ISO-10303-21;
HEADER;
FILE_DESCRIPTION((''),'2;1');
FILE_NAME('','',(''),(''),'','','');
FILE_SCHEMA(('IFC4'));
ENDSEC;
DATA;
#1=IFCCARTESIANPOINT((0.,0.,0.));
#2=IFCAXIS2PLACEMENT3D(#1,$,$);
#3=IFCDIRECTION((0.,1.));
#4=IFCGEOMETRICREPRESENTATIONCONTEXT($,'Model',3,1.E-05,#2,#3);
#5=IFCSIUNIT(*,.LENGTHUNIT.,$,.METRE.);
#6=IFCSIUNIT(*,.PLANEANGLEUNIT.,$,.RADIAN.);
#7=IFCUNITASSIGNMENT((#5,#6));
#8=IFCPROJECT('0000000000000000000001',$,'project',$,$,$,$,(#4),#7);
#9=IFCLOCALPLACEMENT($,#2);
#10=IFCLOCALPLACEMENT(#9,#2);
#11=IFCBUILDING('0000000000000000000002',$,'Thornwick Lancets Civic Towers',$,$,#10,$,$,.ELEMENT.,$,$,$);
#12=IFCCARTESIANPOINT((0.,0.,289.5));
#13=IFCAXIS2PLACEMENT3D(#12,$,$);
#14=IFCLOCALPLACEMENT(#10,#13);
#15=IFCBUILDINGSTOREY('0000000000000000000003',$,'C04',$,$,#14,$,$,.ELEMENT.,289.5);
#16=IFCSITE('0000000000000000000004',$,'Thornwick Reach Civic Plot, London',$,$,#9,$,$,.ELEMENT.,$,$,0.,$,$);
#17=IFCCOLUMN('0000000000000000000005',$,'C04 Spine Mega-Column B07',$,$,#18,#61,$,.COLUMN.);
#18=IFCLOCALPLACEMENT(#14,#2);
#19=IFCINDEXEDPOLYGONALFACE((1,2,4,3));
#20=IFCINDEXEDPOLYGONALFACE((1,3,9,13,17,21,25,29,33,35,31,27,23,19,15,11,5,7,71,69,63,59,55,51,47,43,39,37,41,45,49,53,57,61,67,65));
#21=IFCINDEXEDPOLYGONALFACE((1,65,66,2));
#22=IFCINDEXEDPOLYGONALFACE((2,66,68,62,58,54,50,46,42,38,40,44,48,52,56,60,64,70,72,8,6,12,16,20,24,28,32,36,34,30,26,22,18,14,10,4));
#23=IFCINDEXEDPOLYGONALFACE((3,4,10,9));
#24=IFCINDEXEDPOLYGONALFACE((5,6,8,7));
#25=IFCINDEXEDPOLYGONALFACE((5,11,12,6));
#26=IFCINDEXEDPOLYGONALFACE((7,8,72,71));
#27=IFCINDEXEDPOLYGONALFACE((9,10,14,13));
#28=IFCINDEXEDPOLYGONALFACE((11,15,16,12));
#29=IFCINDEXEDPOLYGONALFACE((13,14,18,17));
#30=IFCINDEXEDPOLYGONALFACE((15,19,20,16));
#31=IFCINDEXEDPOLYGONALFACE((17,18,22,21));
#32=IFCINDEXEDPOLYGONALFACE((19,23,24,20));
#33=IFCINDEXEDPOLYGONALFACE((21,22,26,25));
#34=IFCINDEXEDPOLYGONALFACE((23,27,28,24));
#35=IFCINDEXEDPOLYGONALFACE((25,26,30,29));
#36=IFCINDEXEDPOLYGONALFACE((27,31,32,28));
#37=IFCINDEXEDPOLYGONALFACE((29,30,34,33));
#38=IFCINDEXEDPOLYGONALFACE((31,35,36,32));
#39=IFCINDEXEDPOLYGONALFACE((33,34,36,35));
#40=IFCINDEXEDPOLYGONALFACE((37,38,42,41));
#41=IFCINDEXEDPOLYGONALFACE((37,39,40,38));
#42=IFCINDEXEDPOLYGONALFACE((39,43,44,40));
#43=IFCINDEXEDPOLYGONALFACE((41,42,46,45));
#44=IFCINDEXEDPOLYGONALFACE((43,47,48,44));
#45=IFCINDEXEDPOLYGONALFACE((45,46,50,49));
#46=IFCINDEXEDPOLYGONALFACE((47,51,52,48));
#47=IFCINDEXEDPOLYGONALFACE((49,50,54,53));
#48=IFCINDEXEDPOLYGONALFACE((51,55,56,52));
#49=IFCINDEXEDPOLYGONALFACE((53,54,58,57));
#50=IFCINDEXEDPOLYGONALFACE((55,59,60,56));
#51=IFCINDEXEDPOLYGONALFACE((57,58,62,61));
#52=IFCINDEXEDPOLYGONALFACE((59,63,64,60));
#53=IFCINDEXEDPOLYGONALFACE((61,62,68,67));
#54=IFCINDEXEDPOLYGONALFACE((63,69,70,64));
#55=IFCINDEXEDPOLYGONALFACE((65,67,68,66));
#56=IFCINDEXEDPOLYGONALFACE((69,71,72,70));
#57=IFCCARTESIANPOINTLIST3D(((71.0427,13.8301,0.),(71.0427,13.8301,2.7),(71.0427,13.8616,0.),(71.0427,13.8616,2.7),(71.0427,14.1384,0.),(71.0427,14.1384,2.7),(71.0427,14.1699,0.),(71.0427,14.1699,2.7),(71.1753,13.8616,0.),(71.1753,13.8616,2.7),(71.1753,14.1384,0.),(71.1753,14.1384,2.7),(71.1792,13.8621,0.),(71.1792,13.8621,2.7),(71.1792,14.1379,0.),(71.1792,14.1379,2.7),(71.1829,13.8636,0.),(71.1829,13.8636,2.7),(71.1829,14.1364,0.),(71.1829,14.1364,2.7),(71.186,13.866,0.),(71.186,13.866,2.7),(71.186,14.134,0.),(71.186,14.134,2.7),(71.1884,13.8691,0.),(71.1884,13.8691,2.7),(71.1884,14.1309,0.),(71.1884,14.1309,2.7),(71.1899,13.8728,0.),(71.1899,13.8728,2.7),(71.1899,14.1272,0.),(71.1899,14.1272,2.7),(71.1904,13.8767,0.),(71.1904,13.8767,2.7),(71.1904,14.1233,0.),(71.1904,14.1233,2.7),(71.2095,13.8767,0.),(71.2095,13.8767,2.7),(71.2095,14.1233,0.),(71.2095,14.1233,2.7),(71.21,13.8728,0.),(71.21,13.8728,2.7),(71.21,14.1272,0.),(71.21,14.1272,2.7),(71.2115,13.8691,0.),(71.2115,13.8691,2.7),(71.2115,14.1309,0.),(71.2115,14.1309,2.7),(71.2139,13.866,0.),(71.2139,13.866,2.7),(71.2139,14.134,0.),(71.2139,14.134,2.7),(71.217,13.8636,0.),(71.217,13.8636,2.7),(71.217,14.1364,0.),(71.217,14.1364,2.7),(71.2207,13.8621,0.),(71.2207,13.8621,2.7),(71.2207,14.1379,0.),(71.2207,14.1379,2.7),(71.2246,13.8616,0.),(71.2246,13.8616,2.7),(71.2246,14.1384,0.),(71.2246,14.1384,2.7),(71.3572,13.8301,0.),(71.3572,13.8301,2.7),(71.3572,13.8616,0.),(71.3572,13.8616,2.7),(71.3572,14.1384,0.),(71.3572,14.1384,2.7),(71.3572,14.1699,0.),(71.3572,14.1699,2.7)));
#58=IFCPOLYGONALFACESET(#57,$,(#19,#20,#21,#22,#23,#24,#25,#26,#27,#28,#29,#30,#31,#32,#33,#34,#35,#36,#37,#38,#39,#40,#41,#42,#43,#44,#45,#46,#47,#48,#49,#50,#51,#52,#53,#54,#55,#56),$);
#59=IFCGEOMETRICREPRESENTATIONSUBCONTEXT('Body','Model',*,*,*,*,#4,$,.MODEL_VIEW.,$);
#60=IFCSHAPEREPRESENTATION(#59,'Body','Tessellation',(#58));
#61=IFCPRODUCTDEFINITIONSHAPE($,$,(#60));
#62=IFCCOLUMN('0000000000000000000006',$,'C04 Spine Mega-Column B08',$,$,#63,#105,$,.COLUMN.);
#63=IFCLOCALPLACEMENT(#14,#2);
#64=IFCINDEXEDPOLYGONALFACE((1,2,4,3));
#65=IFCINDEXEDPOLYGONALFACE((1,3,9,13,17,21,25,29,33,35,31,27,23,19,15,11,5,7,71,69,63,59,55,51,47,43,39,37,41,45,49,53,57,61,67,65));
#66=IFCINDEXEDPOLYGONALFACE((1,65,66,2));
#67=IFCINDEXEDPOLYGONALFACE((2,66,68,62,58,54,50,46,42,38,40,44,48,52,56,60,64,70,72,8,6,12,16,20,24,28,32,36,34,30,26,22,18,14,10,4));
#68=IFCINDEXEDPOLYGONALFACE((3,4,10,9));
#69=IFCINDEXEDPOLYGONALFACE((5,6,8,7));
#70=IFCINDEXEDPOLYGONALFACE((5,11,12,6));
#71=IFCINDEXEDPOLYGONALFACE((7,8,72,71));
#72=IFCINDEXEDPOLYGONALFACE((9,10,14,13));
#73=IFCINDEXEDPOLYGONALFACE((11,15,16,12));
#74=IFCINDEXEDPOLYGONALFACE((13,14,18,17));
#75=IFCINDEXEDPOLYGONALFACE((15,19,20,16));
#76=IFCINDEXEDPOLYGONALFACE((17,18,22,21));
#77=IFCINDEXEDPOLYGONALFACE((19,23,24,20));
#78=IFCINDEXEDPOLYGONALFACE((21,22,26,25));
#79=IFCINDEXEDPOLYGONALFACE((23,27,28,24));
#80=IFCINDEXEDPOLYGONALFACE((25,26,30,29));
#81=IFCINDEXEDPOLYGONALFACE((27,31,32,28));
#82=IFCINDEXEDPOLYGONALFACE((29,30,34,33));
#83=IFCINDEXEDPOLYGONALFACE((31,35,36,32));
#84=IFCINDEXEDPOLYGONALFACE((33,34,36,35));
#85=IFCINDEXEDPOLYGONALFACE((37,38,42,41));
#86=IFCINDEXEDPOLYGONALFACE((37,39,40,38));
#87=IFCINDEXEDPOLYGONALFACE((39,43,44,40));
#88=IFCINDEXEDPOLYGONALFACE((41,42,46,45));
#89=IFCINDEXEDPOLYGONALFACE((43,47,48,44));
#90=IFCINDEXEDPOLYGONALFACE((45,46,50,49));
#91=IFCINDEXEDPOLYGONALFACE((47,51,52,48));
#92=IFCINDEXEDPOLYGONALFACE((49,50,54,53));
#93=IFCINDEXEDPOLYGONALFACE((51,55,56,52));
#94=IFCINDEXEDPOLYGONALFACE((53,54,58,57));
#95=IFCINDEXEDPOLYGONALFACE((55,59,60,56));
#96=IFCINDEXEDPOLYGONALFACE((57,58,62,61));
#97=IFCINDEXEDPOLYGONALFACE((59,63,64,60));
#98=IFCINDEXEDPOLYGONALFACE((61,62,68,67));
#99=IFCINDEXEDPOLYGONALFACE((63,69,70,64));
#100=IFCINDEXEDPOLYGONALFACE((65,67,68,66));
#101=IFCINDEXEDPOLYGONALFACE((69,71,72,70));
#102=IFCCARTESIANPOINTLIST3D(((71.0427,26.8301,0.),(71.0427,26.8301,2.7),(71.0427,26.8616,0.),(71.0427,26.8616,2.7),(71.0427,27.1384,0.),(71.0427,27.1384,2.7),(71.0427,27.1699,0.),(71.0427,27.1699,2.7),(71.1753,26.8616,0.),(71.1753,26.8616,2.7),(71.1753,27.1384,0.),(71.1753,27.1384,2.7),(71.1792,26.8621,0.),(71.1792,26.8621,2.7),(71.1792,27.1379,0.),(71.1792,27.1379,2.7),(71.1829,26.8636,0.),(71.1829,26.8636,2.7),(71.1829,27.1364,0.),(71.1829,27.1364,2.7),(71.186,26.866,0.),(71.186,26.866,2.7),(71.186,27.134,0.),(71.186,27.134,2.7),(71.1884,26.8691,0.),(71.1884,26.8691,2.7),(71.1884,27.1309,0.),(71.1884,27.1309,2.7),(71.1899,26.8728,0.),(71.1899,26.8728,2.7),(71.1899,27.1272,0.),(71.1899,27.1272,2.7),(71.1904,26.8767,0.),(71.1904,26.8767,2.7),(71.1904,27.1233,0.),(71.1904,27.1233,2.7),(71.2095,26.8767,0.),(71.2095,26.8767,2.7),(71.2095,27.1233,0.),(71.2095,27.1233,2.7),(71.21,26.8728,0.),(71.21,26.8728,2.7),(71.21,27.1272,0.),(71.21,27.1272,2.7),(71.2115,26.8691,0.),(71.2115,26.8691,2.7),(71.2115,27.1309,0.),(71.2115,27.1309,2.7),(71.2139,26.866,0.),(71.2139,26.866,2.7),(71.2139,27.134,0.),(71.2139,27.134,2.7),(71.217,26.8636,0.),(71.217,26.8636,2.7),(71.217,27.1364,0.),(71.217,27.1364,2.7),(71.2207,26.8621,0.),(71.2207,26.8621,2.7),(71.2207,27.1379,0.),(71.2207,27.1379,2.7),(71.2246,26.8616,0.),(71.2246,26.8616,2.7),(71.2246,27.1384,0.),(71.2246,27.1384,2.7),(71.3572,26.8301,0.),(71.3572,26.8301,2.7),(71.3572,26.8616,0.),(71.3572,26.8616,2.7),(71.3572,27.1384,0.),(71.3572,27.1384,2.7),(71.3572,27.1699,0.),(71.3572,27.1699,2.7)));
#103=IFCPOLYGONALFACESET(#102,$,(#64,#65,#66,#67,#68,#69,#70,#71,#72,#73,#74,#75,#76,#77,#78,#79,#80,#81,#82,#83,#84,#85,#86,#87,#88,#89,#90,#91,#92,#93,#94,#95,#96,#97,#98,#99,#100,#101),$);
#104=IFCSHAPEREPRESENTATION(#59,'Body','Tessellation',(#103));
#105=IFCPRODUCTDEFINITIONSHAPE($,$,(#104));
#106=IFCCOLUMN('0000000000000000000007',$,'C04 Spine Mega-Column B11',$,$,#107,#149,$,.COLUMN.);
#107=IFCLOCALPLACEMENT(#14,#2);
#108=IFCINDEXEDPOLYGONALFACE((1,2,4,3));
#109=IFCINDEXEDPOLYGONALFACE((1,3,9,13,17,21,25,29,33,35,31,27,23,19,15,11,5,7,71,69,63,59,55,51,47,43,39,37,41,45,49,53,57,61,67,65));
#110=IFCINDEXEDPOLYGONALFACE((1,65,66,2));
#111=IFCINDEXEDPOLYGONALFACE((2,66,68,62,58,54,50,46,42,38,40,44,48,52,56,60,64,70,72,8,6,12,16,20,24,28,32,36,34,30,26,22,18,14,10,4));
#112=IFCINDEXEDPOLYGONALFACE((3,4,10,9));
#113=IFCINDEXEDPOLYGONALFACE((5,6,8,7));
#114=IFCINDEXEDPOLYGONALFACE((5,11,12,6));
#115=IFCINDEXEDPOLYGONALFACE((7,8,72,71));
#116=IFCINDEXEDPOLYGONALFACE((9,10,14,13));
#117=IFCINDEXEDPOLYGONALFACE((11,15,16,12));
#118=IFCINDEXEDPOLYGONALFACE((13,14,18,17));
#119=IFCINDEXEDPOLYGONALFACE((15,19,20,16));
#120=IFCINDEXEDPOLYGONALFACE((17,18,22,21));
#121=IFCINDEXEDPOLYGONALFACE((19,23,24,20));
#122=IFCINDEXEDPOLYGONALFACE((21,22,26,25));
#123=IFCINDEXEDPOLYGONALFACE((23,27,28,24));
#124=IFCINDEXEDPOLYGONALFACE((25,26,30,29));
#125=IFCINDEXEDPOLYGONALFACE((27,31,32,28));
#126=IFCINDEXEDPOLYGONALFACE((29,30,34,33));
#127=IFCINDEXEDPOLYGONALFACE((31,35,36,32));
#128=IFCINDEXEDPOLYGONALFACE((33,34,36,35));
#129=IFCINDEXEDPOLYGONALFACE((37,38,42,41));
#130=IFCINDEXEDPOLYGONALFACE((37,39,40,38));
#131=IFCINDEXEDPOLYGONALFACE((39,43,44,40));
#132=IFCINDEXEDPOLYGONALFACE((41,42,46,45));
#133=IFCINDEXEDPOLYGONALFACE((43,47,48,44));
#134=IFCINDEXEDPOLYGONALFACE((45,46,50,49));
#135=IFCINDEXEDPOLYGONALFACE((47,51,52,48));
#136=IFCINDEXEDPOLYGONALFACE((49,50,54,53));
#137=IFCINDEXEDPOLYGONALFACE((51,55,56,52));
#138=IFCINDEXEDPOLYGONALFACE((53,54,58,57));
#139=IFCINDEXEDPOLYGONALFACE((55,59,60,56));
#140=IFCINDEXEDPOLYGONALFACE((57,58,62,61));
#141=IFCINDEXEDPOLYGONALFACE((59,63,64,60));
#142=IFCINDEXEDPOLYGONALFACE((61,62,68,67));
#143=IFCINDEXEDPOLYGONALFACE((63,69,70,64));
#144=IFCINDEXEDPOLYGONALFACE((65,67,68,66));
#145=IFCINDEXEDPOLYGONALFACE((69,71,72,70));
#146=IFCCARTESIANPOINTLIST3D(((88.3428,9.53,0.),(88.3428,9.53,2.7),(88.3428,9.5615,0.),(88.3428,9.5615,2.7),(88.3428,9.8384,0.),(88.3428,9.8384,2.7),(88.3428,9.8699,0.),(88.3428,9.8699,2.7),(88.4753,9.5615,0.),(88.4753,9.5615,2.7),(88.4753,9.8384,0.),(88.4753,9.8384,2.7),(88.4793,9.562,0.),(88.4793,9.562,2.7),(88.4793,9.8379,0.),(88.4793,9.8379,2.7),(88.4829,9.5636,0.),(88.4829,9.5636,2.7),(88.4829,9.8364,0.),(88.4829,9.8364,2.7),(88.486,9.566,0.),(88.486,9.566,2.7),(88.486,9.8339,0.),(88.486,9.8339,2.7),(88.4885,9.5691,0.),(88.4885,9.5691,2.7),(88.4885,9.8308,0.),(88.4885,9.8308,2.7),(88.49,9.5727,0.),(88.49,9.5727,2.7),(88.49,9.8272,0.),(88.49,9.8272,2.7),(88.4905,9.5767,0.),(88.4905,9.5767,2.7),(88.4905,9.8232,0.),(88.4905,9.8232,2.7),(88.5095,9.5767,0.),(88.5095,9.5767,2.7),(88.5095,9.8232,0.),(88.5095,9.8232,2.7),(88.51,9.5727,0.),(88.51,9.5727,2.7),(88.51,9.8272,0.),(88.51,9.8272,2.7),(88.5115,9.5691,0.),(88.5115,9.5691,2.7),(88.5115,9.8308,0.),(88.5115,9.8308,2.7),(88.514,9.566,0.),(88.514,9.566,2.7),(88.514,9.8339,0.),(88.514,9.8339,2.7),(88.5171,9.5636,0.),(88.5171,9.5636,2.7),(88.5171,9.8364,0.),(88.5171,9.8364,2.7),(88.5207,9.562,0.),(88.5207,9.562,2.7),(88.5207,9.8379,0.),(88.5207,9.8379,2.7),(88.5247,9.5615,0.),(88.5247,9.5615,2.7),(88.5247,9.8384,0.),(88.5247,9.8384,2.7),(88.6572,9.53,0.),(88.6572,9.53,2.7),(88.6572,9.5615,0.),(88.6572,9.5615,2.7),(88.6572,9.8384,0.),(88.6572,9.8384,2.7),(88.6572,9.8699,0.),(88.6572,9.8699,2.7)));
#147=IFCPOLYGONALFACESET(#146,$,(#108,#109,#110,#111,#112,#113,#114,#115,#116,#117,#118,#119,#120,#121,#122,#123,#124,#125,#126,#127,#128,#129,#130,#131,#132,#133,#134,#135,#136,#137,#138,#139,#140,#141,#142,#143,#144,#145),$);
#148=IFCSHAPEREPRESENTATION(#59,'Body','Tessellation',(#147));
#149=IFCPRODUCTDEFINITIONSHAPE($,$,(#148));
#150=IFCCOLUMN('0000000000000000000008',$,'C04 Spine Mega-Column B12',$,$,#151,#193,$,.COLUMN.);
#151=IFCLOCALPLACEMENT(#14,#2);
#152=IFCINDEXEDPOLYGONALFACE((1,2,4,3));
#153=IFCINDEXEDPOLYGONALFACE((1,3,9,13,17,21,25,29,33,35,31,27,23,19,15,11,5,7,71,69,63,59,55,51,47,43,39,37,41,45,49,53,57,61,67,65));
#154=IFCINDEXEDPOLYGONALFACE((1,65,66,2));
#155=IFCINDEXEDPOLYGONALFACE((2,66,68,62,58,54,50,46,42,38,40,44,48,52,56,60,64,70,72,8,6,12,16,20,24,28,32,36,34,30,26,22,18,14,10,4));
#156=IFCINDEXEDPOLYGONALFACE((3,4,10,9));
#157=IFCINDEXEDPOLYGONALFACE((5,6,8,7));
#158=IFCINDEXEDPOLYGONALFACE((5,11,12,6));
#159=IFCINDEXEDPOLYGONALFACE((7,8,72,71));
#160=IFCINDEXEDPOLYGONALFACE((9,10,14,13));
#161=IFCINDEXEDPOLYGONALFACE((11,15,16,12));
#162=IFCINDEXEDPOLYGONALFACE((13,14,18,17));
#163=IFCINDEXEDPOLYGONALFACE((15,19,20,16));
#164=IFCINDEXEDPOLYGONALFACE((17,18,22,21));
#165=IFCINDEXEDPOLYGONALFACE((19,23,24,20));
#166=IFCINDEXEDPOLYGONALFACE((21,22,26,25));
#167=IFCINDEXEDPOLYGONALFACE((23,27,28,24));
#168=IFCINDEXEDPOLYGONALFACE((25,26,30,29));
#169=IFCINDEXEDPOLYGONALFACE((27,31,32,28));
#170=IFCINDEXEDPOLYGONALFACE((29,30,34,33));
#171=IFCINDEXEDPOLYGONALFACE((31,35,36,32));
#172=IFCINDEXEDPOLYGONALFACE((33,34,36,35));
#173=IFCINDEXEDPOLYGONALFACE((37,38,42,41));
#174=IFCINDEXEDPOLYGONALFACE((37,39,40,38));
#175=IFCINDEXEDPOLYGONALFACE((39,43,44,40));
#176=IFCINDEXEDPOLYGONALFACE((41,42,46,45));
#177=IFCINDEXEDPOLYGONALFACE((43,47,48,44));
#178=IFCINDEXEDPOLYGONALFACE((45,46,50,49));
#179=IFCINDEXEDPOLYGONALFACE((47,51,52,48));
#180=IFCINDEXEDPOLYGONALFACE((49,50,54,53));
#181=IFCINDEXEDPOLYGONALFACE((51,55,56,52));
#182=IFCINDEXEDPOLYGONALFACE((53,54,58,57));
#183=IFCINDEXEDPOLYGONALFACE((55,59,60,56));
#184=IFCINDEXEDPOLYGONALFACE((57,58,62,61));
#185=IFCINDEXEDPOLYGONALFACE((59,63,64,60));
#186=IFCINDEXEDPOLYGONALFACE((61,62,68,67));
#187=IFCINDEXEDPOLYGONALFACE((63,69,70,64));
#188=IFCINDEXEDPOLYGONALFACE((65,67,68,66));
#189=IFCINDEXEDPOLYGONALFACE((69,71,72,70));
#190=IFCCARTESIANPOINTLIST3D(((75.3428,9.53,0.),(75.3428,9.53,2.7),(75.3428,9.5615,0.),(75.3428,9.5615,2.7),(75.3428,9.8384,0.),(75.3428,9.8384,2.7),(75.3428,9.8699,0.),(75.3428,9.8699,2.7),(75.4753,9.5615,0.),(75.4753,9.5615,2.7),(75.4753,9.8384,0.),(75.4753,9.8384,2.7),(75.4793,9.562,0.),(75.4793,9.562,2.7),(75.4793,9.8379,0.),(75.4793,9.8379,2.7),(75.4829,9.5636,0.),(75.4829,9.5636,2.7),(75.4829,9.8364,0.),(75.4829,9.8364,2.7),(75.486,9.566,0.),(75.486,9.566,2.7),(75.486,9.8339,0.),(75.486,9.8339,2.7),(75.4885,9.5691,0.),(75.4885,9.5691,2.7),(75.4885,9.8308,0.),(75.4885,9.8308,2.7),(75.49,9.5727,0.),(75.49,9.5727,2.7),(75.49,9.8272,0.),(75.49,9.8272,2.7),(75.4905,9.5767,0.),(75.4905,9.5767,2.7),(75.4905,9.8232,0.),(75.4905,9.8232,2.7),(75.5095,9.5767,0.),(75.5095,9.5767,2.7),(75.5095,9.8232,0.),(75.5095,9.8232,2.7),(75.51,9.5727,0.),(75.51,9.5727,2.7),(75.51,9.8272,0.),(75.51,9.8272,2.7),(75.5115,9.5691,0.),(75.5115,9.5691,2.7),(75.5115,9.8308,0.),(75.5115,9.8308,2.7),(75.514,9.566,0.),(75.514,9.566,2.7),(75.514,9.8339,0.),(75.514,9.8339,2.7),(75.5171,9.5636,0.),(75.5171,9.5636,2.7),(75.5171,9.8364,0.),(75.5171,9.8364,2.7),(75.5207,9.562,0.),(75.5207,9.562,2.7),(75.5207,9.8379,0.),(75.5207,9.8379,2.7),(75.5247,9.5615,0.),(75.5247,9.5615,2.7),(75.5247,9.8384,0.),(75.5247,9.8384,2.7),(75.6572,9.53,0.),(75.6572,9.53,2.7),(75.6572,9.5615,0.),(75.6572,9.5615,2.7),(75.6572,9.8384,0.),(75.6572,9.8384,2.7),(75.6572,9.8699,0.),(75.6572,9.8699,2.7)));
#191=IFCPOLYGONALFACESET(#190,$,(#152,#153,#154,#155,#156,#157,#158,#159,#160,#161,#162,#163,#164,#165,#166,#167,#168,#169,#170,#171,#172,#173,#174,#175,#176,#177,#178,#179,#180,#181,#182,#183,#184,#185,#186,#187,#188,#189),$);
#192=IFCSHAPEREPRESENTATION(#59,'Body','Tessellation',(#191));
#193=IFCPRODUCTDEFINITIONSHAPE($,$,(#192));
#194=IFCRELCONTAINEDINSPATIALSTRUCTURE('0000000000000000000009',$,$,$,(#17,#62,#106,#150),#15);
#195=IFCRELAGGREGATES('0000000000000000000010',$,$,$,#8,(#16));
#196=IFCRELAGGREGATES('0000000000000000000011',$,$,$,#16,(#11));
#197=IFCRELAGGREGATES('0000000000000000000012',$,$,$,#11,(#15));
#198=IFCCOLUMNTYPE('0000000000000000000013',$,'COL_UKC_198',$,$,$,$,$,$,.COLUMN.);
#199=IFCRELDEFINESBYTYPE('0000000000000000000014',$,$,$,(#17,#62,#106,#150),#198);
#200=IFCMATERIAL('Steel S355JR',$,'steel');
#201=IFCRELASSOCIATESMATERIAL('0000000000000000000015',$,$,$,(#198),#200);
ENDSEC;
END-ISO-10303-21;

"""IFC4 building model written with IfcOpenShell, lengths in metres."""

from ifc_helpers import new_model, si_unit, direction, frame, origin, origin_2d, place, context, subcontext, project, spatial, i_section, extrude, material, material_profile, profile_set, type_object, element, save


model = new_model("IFC4")

# Units and contexts
model_context = context("Model", 3, precision=1e-05, world=origin(), true_north=direction((0.0, 1.0)))
body_context = subcontext(model_context, "Body", "Model", "MODEL_VIEW")
ifc_project = project(units=[si_unit("LENGTHUNIT", "METRE"), si_unit("PLANEANGLEUNIT", "RADIAN")], contexts=[model_context])

# Site, building, storey
site_placement = place(None, origin())
site = spatial("IfcSite", under=ifc_project, at=site_placement, Name="Thornwick Reach Civic Plot, London", CompositionType="ELEMENT", RefElevation=0.0)
building_placement = place(site_placement, origin())
building = spatial("IfcBuilding", under=site, at=building_placement, Name="Thornwick Lancets Civic Towers", CompositionType="ELEMENT")
storey_placement = place(building_placement, frame((0.0, 0.0, 289.5)))
storey = spatial("IfcBuildingStorey", under=building, at=storey_placement, Name="C04", CompositionType="ELEMENT", Elevation=289.5)

# Columns
ifc_material_1 = material(Name="Steel S355JR", Category="steel")
ifc_material_profile_1 = material_profile(ifc_material_1, i_section(OverallWidth=0.3145, OverallDepth=0.3398, WebThickness=0.019, FlangeThickness=0.0315, FilletRadius=0.0151, at=origin_2d()), Name="UKC 305x305x198")
ifc_profile_set_1 = profile_set([ifc_material_profile_1], Name="Steel S355JR")
column_type = type_object("IfcColumnType", Name="COL_UKC_198", PredefinedType="COLUMN", material=ifc_profile_set_1)
for number, where, z_axis, x_axis, name in (
    (1, (71.2, 14.0, 0.0), (0.0, 0.0, 1.0), (1.0, 0.0, 0.0), "C04 Spine Mega-Column B07"),
    (2, (71.2, 27.0, 0.0), (0.0, 0.0, 1.0), (1.0, 0.0, 0.0), "C04 Spine Mega-Column B08"),
    (3, (88.5, 9.7, 0.0), (0.0, 0.0, 1.0), (1.0, 0.0, 0.0), "C04 Spine Mega-Column B11"),
    (4, (75.5, 9.7, 0.0), (0.0, 0.0, 1.0), (1.0, 0.0, 0.0), "C04 Spine Mega-Column B12"),
):
    element("IfcColumn", number, at=place(storey_placement, frame(where, z_axis=z_axis, x_axis=x_axis)), inside=storey, type_object=column_type, Name=name, PredefinedType="COLUMN", context=body_context, shape_type="SweptSolid", body=[
        extrude(i_section(OverallWidth=0.3145, OverallDepth=0.3398, WebThickness=0.019, FlangeThickness=0.0315, FilletRadius=0.0151, at=origin_2d()), origin(), (0.0, 0.0, 1.0), 2.7),
    ])

save(model, "model.ifc")
